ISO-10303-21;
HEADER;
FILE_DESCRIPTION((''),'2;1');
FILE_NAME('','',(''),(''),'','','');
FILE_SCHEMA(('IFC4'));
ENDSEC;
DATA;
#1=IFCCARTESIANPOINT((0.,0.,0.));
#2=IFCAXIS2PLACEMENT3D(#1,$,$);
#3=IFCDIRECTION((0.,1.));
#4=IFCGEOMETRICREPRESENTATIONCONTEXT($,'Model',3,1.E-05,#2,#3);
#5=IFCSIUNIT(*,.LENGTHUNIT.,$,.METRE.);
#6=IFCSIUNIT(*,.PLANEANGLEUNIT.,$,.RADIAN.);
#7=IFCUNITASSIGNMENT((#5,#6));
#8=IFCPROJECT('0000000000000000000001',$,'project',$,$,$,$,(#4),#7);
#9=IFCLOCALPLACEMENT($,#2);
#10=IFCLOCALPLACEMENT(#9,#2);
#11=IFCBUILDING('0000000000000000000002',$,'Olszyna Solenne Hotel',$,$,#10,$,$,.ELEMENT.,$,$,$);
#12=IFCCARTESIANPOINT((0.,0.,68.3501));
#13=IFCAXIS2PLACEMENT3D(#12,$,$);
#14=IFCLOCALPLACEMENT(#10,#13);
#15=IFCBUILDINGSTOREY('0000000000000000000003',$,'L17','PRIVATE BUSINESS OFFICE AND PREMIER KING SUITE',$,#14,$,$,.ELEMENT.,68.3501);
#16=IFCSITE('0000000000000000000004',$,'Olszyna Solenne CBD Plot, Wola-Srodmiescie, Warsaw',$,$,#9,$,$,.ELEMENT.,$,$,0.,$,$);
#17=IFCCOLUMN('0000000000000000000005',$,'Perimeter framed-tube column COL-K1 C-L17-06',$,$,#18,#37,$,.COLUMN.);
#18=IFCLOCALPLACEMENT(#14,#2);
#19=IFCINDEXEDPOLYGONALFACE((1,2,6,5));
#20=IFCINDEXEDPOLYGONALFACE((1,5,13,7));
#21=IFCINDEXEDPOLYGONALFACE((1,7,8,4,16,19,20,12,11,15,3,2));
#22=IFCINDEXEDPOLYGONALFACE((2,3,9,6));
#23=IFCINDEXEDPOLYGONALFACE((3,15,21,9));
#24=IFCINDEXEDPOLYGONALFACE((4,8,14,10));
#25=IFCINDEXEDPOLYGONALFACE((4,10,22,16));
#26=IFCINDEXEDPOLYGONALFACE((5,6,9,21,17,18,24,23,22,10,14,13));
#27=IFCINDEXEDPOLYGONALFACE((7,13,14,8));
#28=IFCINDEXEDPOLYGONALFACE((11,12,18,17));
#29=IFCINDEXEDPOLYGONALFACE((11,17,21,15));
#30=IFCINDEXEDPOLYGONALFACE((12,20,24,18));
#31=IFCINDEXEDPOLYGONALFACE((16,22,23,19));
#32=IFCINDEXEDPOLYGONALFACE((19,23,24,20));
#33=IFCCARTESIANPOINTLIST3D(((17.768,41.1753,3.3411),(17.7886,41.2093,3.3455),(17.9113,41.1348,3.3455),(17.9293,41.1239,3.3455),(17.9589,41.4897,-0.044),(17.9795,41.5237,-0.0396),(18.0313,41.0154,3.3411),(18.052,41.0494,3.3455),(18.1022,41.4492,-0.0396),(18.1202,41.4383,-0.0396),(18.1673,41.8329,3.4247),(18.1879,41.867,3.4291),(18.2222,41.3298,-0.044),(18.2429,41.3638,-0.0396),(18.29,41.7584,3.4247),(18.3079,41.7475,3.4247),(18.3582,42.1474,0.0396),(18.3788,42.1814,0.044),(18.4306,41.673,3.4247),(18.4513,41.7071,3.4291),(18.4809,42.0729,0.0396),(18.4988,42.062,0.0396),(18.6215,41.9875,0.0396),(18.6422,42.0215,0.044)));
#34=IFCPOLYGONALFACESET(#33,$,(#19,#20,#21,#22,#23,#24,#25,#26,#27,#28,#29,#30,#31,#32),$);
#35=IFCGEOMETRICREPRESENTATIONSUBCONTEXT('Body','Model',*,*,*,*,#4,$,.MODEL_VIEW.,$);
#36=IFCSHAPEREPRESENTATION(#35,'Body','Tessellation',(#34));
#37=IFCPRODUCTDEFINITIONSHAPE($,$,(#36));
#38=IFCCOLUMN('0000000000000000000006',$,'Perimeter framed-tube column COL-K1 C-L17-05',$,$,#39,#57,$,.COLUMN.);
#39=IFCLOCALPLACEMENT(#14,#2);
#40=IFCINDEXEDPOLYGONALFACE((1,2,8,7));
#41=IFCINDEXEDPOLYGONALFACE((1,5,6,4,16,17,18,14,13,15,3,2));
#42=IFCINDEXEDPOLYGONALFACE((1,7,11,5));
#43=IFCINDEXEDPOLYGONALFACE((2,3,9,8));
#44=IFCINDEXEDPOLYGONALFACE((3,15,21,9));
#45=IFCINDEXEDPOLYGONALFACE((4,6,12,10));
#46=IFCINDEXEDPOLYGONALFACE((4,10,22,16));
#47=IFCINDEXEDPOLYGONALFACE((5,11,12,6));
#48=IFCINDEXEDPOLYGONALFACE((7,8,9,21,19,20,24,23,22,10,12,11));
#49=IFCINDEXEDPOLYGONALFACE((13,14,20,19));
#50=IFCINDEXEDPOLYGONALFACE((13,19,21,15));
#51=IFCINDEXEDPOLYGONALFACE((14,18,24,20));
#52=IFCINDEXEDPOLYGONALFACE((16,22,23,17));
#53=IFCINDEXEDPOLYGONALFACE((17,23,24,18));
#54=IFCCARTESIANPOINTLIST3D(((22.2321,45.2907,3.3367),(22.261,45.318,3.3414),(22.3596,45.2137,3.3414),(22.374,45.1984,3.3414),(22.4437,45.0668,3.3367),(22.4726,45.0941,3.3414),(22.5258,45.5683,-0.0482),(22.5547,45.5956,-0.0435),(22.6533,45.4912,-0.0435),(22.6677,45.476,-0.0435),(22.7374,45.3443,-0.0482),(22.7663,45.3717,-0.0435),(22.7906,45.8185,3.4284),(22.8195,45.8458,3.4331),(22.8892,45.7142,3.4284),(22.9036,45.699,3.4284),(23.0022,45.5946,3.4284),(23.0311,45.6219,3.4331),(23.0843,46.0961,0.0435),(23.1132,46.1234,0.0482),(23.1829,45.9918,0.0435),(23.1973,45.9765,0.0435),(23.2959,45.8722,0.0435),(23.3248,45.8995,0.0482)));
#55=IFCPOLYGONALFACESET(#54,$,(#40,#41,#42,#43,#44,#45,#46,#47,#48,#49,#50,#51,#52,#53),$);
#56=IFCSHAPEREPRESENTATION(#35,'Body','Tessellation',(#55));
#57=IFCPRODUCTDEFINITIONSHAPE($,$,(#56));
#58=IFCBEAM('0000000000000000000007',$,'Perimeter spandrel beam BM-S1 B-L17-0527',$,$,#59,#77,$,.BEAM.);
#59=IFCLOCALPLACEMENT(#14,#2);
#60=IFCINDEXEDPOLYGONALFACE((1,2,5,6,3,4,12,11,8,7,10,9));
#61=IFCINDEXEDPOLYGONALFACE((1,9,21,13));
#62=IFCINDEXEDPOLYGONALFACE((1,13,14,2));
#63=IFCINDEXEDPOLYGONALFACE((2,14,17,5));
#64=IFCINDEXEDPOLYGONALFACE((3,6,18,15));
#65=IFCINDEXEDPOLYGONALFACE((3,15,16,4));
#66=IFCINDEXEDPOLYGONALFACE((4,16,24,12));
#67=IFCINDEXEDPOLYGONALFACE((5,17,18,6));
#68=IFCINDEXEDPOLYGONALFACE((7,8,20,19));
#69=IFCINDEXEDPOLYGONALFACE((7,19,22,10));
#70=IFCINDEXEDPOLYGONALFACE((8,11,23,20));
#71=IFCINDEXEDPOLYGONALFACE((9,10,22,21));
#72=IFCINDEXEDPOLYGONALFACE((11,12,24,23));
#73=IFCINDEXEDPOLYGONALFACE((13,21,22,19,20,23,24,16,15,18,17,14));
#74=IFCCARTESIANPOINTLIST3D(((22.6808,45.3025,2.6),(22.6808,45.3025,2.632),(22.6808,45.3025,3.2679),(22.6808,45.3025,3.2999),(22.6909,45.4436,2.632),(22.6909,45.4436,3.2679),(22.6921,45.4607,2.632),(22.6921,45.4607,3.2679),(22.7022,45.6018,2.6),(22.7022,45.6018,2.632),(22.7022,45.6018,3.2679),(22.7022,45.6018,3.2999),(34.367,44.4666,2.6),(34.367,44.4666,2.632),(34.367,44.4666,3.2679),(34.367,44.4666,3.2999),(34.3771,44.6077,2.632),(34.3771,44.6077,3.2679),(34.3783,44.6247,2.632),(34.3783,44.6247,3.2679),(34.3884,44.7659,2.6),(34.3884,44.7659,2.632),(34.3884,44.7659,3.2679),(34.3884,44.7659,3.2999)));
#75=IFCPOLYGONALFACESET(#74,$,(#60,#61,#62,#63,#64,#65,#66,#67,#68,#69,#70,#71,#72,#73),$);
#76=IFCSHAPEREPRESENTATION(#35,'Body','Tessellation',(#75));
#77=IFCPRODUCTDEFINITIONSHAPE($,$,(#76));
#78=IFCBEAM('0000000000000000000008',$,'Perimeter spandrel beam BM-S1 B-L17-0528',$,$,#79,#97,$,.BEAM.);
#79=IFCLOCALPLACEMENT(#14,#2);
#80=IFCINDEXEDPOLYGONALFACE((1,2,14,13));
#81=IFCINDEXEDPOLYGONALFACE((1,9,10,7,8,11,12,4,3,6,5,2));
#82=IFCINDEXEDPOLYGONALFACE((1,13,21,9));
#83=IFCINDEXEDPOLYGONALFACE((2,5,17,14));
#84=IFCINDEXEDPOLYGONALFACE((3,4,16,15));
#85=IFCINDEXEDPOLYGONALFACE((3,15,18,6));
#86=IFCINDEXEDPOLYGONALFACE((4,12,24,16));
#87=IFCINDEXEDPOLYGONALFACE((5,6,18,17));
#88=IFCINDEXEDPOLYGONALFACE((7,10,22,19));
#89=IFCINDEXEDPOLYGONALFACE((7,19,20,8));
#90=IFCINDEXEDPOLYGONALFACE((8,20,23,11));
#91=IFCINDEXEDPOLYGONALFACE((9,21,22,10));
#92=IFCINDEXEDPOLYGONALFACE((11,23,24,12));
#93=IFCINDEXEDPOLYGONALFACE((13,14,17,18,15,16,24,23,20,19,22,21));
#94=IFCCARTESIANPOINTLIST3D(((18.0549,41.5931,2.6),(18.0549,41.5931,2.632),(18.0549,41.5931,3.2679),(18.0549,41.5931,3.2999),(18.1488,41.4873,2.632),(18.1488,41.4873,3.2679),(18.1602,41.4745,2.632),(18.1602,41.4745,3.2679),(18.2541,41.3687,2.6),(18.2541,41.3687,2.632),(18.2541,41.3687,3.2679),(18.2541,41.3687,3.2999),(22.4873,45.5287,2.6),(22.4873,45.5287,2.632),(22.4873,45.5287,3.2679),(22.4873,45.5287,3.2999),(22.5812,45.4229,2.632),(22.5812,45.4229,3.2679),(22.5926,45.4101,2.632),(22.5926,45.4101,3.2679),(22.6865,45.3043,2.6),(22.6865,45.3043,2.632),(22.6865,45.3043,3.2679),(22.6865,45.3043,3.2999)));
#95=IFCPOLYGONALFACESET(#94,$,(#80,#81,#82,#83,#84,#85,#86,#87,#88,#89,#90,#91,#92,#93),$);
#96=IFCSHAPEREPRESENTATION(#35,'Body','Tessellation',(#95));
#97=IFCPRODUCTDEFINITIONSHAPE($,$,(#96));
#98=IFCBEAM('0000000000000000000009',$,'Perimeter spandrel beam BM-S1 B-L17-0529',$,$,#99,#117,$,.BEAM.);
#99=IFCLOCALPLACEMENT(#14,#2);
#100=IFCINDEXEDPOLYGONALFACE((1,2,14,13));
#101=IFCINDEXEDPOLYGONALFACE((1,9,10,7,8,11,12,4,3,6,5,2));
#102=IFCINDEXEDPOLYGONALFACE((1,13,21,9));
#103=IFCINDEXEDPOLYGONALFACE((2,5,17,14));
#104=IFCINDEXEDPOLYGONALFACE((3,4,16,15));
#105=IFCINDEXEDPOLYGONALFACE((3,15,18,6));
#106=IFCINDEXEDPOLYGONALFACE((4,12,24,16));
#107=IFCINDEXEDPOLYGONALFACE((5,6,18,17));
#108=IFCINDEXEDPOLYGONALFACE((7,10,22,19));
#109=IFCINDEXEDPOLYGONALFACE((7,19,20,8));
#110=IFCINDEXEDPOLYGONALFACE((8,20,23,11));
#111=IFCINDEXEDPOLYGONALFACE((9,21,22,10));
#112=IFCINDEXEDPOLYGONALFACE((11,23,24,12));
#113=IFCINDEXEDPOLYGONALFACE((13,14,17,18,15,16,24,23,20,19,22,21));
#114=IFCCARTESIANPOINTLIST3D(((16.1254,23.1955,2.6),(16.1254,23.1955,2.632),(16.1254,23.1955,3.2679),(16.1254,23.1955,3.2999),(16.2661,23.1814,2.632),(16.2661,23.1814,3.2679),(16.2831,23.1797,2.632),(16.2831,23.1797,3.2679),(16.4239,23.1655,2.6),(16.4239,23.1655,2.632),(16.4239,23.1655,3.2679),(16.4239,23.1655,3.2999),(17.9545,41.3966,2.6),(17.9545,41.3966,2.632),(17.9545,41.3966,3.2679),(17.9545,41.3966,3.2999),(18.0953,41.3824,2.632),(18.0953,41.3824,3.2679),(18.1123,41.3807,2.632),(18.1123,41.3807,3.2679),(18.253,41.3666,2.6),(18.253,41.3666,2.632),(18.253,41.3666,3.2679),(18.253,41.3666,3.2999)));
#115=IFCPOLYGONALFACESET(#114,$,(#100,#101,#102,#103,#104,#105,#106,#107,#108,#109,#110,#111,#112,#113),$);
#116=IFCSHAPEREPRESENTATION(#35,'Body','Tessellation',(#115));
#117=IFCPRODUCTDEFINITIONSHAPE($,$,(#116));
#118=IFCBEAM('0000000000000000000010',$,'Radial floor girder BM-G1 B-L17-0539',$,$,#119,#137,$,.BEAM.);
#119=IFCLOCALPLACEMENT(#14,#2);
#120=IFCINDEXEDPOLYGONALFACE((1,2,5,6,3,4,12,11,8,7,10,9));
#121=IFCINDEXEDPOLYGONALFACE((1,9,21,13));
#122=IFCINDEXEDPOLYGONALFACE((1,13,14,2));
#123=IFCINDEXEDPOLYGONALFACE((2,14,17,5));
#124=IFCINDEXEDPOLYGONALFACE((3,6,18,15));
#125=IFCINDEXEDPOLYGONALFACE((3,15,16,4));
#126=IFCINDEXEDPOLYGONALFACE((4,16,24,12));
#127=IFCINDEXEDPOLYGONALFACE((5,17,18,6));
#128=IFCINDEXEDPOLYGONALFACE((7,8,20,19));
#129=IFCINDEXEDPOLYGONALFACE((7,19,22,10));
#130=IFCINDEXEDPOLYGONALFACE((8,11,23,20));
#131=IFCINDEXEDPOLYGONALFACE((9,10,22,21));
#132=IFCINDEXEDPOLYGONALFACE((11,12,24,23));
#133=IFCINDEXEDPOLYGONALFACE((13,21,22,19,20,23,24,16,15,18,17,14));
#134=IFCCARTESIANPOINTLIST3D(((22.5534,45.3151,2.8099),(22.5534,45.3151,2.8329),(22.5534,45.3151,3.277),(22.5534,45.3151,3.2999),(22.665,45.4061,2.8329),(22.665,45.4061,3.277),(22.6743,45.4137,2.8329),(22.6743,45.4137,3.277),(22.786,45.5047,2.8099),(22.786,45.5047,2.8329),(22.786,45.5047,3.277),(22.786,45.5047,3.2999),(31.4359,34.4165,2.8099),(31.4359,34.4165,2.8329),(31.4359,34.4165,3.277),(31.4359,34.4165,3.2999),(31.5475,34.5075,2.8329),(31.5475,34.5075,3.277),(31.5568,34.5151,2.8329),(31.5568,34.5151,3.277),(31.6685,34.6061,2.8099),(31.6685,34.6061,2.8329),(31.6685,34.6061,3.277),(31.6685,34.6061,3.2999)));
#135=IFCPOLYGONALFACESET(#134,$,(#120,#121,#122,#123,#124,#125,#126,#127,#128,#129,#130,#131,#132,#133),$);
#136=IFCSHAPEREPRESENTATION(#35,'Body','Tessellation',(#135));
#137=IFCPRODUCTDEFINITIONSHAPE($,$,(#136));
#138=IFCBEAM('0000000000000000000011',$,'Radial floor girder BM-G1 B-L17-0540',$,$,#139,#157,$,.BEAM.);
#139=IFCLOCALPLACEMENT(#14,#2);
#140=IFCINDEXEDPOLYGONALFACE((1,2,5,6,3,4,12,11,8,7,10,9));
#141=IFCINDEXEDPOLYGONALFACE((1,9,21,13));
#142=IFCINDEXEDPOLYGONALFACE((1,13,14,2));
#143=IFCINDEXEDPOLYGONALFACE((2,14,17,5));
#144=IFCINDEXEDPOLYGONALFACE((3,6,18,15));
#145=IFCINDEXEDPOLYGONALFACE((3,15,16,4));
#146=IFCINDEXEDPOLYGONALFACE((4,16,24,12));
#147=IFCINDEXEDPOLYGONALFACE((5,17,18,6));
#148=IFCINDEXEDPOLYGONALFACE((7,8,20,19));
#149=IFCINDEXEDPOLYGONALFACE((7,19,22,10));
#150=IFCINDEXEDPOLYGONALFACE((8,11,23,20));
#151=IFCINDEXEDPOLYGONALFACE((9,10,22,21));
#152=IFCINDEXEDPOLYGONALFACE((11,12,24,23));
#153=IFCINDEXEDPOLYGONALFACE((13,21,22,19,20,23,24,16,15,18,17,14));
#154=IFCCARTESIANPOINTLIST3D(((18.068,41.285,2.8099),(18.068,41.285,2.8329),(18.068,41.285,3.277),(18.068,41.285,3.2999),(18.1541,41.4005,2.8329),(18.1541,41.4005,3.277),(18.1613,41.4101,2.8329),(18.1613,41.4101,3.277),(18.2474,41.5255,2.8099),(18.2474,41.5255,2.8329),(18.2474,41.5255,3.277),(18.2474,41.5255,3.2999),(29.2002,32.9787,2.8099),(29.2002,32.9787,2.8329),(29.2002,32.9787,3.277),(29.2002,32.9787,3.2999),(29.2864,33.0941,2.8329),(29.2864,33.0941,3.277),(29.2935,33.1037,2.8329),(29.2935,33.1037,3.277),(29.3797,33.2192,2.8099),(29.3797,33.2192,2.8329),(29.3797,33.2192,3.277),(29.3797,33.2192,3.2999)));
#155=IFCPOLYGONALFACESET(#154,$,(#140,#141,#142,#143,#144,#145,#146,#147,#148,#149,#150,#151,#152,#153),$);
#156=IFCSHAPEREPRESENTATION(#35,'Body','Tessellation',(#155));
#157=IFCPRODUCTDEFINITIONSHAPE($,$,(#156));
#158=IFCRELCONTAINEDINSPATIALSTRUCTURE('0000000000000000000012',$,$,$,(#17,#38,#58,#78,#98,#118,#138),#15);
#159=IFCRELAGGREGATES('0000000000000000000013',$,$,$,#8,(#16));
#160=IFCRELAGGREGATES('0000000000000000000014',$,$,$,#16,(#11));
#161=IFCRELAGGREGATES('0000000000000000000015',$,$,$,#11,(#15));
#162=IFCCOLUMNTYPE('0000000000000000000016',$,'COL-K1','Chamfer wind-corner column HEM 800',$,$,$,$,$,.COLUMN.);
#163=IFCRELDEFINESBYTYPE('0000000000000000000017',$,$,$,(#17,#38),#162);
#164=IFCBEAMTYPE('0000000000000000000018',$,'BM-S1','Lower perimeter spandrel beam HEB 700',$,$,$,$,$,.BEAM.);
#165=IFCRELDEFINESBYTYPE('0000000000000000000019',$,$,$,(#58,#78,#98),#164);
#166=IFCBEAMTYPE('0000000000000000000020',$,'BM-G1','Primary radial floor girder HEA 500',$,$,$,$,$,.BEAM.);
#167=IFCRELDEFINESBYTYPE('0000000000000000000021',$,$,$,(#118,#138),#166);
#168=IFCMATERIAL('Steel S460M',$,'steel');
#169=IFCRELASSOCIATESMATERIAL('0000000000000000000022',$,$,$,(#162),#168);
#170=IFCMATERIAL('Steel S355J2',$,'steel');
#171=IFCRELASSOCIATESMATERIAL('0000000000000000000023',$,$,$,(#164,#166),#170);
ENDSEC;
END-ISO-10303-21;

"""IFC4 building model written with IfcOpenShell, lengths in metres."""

from ifc_helpers import new_model, si_unit, direction, frame, origin, origin_2d, place, context, subcontext, project, spatial, i_section, extrude, source, transform, mapped, material, material_profile, profile_set, type_object, element, save


model = new_model("IFC4")

# Units and contexts
model_context = context("Model", 3, precision=1e-05, world=origin(), true_north=direction((0.0, 1.0)))
body_context = subcontext(model_context, "Body", "Model", "MODEL_VIEW")
ifc_project = project(units=[si_unit("LENGTHUNIT", "METRE"), si_unit("PLANEANGLEUNIT", "RADIAN")], contexts=[model_context])

# Site, building, storey
site_placement = place(None, origin())
site = spatial("IfcSite", under=ifc_project, at=site_placement, Name="Olszyna Solenne CBD Plot, Wola-Srodmiescie, Warsaw", CompositionType="ELEMENT", RefElevation=0.0)
building_placement = place(site_placement, origin())
building = spatial("IfcBuilding", under=site, at=building_placement, Name="Olszyna Solenne Hotel", CompositionType="ELEMENT")
storey_placement = place(building_placement, frame((0.0, 0.0, 68.3501)))
storey = spatial("IfcBuildingStorey", under=building, at=storey_placement, Name="L17", Description="PRIVATE BUSINESS OFFICE AND PREMIER KING SUITE", CompositionType="ELEMENT", Elevation=68.3501)

# Columns
ifc_material_1 = material(Name="Steel S460M", Category="steel")
ifc_material_profile_1 = material_profile(ifc_material_1, i_section(OverallWidth=0.3081, OverallDepth=0.814, WebThickness=0.021, FlangeThickness=0.04, at=origin_2d()), Name="HEM 800", Category="load-bearing")
ifc_profile_set_1 = profile_set([ifc_material_profile_1], Name="Steel S460M")
column_type = type_object("IfcColumnType", Name="COL-K1", Description="Chamfer wind-corner column HEM 800", PredefinedType="COLUMN", material=ifc_profile_set_1)
shared_shape_1 = source(origin(), body_context, "Body", "SweptSolid", [
    extrude(i_section(OverallWidth=0.3081, OverallDepth=0.814, WebThickness=0.021, FlangeThickness=0.04, at=origin_2d()), origin(), (0.0, 0.0, 1.0), 3.405),
])
column_1_placement = place(storey_placement, frame((18.3005, 41.7556, 0.0), z_axis=(-0.056071, -0.092352, 0.994146), x_axis=(0.854788, -0.518978, 0.0)))
element("IfcColumn", 1, at=column_1_placement, inside=storey, type_object=column_type, Name="Perimeter framed-tube column COL-K1 C-L17-06", PredefinedType="COLUMN", context=body_context, shape_type="MappedRepresentation", body=[
    mapped(shared_shape_1, transform((0.0, 0.0, 0.0), x_axis=(1.0, 0.0, 0.0), y_axis=(0.0, 1.0, 0.0), z_axis=(0.0, 0.0, 1.0), scale=1.0)),
])
shared_shape_2 = source(origin(), body_context, "Body", "SweptSolid", [
    extrude(i_section(OverallWidth=0.3081, OverallDepth=0.814, WebThickness=0.021, FlangeThickness=0.04, at=origin_2d()), origin(), (0.0, 0.0, 1.0), 3.4089),
])
column_2_placement = place(storey_placement, frame((22.9253, 45.7339, 0.0), z_axis=(-0.086153, -0.081427, 0.992949), x_axis=(0.68689, -0.726762, 0.0)))
element("IfcColumn", 2, at=column_2_placement, inside=storey, type_object=column_type, Name="Perimeter framed-tube column COL-K1 C-L17-05", PredefinedType="COLUMN", context=body_context, shape_type="MappedRepresentation", body=[
    mapped(shared_shape_2, transform((0.0, 0.0, 0.0), x_axis=(1.0, 0.0, 0.0), y_axis=(0.0, 1.0, 0.0), z_axis=(0.0, 0.0, 1.0), scale=1.0)),
])

# Beams
ifc_material_2 = material(Name="Steel S355J2", Category="steel")
ifc_material_profile_2 = material_profile(ifc_material_2, i_section(OverallWidth=0.3, OverallDepth=0.7, WebThickness=0.0171, FlangeThickness=0.032, at=origin_2d()), Name="HEB 700", Category="load-bearing")
ifc_profile_set_2 = profile_set([ifc_material_profile_2], Name="Steel S355J2")
beam_type_1 = type_object("IfcBeamType", Name="BM-S1", Description="Lower perimeter spandrel beam HEB 700", PredefinedType="BEAM", material=ifc_profile_set_2)
shared_shape_3 = source(origin(), body_context, "Body", "SweptSolid", [
    extrude(i_section(OverallWidth=0.3, OverallDepth=0.7, WebThickness=0.0171, FlangeThickness=0.032, at=origin_2d()), origin(), (0.0, 0.0, 1.0), 11.7161),
])
beam_1_placement = place(storey_placement, frame((34.3777, 44.6162, 2.95), z_axis=(-0.997451, 0.071349, 0.0), x_axis=(-0.071349, -0.997451, 0.0)))
element("IfcBeam", 3, at=beam_1_placement, inside=storey, type_object=beam_type_1, Name="Perimeter spandrel beam BM-S1 B-L17-0527", PredefinedType="BEAM", context=body_context, shape_type="MappedRepresentation", body=[
    mapped(shared_shape_3, transform((0.0, 0.0, 0.0), x_axis=(1.0, 0.0, 0.0), y_axis=(0.0, 1.0, 0.0), z_axis=(0.0, 0.0, 1.0), scale=1.0)),
])
shared_shape_4 = source(origin(), body_context, "Body", "SweptSolid", [
    extrude(i_section(OverallWidth=0.3, OverallDepth=0.7, WebThickness=0.0171, FlangeThickness=0.032, at=origin_2d()), origin(), (0.0, 0.0, 1.0), 5.9275),
])
beam_2_placement = place(storey_placement, frame((22.5869, 45.4165, 2.95), z_axis=(-0.747773, -0.663955, 0.0), x_axis=(0.663955, -0.747773, 0.0)))
element("IfcBeam", 4, at=beam_2_placement, inside=storey, type_object=beam_type_1, Name="Perimeter spandrel beam BM-S1 B-L17-0528", PredefinedType="BEAM", context=body_context, shape_type="MappedRepresentation", body=[
    mapped(shared_shape_4, transform((0.0, 0.0, 0.0), x_axis=(1.0, 0.0, 0.0), y_axis=(0.0, 1.0, 0.0), z_axis=(0.0, 0.0, 1.0), scale=1.0)),
])
shared_shape_5 = source(origin(), body_context, "Body", "SweptSolid", [
    extrude(i_section(OverallWidth=0.3, OverallDepth=0.7, WebThickness=0.0171, FlangeThickness=0.032, at=origin_2d()), origin(), (0.0, 0.0, 1.0), 18.2927),
])
beam_3_placement = place(storey_placement, frame((18.1038, 41.3816, 2.95), z_axis=(-0.099991, -0.994988, 0.0), x_axis=(0.994988, -0.099991, 0.0)))
element("IfcBeam", 5, at=beam_3_placement, inside=storey, type_object=beam_type_1, Name="Perimeter spandrel beam BM-S1 B-L17-0529", PredefinedType="BEAM", context=body_context, shape_type="MappedRepresentation", body=[
    mapped(shared_shape_5, transform((0.0, 0.0, 0.0), x_axis=(1.0, 0.0, 0.0), y_axis=(0.0, 1.0, 0.0), z_axis=(0.0, 0.0, 1.0), scale=1.0)),
])
ifc_material_profile_3 = material_profile(ifc_material_2, i_section(OverallWidth=0.3, OverallDepth=0.49, WebThickness=0.012, FlangeThickness=0.0229, at=origin_2d()), Name="HEA 500", Category="load-bearing")
ifc_profile_set_3 = profile_set([ifc_material_profile_3], Name="Steel S355J2")
beam_type_2 = type_object("IfcBeamType", Name="BM-G1", Description="Primary radial floor girder HEA 500", PredefinedType="BEAM", material=ifc_profile_set_3)
shared_shape_6 = source(origin(), body_context, "Body", "SweptSolid", [
    extrude(i_section(OverallWidth=0.3, OverallDepth=0.49, WebThickness=0.012, FlangeThickness=0.0229, at=origin_2d()), origin(), (0.0, 0.0, 1.0), 14.0598),
])
beam_4_placement = place(storey_placement, frame((22.6697, 45.4099, 3.0549), z_axis=(0.631765, -0.77516, 0.0), x_axis=(0.77516, 0.631765, 0.0)))
element("IfcBeam", 6, at=beam_4_placement, inside=storey, type_object=beam_type_2, Name="Radial floor girder BM-G1 B-L17-0539", PredefinedType="BEAM", context=body_context, shape_type="MappedRepresentation", body=[
    mapped(shared_shape_6, transform((0.0, 0.0, 0.0), x_axis=(1.0, 0.0, 0.0), y_axis=(0.0, 1.0, 0.0), z_axis=(0.0, 0.0, 1.0), scale=1.0)),
])
shared_shape_7 = source(origin(), body_context, "Body", "SweptSolid", [
    extrude(i_section(OverallWidth=0.3, OverallDepth=0.49, WebThickness=0.012, FlangeThickness=0.0229, at=origin_2d()), origin(), (0.0, 0.0, 1.0), 13.8896),
])
beam_5_placement = place(storey_placement, frame((18.1577, 41.4053, 3.0549), z_axis=(0.801478, -0.598024, 0.0), x_axis=(0.598024, 0.801478, 0.0)))
element("IfcBeam", 7, at=beam_5_placement, inside=storey, type_object=beam_type_2, Name="Radial floor girder BM-G1 B-L17-0540", PredefinedType="BEAM", context=body_context, shape_type="MappedRepresentation", body=[
    mapped(shared_shape_7, transform((0.0, 0.0, 0.0), x_axis=(1.0, 0.0, 0.0), y_axis=(0.0, 1.0, 0.0), z_axis=(0.0, 0.0, 1.0), scale=1.0)),
])

save(model, "model.ifc")
